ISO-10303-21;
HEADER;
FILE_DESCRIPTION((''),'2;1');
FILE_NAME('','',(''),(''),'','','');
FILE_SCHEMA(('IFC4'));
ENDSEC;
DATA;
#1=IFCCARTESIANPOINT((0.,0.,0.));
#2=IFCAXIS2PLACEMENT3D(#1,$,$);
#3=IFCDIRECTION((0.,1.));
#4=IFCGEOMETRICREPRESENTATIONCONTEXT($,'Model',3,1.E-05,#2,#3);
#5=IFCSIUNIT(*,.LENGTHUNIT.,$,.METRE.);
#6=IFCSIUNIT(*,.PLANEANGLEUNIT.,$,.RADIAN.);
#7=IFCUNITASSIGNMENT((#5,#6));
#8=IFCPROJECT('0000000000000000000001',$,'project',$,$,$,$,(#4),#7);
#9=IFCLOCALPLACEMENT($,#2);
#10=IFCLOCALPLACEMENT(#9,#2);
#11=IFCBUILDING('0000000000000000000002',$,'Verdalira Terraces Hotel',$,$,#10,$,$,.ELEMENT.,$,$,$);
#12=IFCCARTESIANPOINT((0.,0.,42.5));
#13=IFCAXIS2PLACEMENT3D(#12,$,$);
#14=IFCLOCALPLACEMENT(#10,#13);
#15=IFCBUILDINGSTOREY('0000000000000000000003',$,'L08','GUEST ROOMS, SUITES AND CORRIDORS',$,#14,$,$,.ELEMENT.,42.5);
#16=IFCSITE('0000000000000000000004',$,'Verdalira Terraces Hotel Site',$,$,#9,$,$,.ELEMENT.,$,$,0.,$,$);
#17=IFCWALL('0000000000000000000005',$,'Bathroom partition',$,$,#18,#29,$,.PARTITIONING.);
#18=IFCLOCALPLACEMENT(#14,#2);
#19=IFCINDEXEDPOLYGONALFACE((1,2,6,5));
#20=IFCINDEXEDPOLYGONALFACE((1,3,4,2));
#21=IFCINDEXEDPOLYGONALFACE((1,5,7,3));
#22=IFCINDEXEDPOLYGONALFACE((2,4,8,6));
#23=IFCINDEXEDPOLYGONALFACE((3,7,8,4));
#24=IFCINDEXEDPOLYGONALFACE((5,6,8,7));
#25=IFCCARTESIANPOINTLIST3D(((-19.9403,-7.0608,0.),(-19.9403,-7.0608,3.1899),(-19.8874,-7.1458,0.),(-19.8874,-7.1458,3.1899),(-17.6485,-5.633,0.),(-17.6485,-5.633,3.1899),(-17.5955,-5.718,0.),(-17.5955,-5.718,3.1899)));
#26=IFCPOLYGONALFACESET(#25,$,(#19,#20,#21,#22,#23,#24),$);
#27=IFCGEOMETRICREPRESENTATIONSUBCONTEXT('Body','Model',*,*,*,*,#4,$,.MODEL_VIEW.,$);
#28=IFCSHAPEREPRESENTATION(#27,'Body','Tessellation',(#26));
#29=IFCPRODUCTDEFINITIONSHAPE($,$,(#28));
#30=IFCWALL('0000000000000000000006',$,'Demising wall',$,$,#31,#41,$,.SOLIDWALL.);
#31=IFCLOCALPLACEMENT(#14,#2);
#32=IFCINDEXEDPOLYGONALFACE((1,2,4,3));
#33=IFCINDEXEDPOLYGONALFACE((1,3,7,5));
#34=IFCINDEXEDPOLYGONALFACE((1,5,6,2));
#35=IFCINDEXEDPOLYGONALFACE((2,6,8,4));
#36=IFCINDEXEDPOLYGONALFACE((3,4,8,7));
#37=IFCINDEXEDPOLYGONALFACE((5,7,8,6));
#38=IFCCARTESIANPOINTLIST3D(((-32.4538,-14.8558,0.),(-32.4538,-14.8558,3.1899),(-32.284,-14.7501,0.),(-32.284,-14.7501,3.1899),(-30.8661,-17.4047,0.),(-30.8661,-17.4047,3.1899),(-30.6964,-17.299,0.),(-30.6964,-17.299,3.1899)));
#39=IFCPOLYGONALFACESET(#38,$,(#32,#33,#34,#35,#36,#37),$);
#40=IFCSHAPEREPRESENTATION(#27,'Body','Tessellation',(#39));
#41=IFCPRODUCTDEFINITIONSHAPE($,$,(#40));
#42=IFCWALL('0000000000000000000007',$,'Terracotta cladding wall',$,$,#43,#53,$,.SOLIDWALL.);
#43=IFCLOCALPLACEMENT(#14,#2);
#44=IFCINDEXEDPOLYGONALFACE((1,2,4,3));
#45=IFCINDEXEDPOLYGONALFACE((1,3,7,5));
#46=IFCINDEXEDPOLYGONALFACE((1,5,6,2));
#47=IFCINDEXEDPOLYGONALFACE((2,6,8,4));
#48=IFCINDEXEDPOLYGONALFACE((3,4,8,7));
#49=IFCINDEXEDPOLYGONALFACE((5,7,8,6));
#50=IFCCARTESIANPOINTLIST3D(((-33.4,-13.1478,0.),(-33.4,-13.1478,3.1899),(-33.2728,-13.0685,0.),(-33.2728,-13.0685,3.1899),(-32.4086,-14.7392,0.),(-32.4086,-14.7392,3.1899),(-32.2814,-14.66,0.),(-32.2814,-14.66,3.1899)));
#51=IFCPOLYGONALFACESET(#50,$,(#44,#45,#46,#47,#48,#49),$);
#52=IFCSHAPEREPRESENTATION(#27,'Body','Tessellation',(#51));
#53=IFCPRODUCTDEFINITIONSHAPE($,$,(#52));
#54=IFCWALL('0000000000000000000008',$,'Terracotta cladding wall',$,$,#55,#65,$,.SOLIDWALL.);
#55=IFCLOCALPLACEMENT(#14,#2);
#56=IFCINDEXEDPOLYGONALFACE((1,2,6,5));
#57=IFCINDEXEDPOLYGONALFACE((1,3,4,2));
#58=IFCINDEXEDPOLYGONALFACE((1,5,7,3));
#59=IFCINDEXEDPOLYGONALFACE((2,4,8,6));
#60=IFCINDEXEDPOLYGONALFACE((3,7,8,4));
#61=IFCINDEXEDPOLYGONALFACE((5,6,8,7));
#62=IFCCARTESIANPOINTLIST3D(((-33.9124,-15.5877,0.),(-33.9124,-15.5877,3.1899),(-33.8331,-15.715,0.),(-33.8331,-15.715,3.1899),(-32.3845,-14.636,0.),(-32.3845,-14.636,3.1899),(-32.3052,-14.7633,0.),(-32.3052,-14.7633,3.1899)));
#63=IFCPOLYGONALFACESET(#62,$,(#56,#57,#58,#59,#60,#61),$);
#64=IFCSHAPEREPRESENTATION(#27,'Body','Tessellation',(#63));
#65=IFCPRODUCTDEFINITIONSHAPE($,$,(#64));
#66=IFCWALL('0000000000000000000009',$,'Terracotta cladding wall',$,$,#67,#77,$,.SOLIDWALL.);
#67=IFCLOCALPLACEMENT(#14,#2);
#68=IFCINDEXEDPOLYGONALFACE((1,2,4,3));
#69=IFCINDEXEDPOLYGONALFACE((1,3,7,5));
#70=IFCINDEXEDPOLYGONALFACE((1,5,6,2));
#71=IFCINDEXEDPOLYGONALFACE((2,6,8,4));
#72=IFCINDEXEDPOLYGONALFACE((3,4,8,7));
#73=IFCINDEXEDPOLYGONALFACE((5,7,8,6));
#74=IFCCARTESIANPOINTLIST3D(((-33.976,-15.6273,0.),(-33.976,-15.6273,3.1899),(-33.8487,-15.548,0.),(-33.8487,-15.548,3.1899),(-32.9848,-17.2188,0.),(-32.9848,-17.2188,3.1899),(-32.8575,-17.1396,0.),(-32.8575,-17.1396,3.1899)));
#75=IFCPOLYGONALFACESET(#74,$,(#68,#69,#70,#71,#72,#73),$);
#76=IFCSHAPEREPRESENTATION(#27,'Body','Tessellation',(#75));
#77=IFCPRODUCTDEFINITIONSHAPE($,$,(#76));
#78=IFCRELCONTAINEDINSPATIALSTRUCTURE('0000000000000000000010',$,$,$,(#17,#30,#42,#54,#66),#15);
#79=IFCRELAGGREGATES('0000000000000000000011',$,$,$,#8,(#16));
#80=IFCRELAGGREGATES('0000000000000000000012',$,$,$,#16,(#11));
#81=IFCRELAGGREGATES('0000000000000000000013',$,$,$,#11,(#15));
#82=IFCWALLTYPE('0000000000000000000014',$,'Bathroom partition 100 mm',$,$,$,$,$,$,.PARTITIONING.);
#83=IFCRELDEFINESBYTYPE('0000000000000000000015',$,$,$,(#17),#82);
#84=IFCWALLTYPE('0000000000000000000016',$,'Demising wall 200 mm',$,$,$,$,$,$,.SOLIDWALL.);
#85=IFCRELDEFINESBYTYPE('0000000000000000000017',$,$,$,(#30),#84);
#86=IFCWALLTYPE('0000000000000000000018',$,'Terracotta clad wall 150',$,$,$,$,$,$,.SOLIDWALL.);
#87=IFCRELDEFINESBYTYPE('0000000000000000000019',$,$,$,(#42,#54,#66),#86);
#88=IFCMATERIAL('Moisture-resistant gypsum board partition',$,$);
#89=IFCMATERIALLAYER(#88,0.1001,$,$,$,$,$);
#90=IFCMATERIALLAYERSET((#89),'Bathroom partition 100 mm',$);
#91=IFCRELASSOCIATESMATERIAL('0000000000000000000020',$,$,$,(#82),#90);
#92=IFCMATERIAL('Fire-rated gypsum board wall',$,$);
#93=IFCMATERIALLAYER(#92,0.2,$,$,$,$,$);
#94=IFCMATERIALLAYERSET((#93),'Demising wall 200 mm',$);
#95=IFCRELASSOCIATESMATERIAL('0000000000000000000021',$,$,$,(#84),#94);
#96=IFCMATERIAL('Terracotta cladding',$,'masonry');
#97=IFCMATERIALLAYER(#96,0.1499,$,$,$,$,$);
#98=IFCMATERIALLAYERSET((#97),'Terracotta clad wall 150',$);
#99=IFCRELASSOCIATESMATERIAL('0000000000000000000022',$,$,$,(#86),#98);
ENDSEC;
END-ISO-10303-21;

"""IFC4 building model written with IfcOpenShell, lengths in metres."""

from ifc_helpers import new_model, si_unit, direction, frame, frame_2d, origin, place, context, subcontext, project, spatial, rectangle, extrude, material, layer, layer_set, type_object, element, save


model = new_model("IFC4")

# Units and contexts
model_context = context("Model", 3, precision=1e-05, world=origin(), true_north=direction((0.0, 1.0)))
body_context = subcontext(model_context, "Body", "Model", "MODEL_VIEW")
ifc_project = project(units=[si_unit("LENGTHUNIT", "METRE"), si_unit("PLANEANGLEUNIT", "RADIAN")], contexts=[model_context])

# Site, building, storey
site_placement = place(None, origin())
site = spatial("IfcSite", under=ifc_project, at=site_placement, Name="Verdalira Terraces Hotel Site", CompositionType="ELEMENT", RefElevation=0.0)
building_placement = place(site_placement, origin())
building = spatial("IfcBuilding", under=site, at=building_placement, Name="Verdalira Terraces Hotel", CompositionType="ELEMENT")
storey_placement = place(building_placement, frame((0.0, 0.0, 42.5)))
storey = spatial("IfcBuildingStorey", under=building, at=storey_placement, Name="L08", Description="GUEST ROOMS, SUITES AND CORRIDORS", CompositionType="ELEMENT", Elevation=42.5)

# Shared definitions
ifc_material_1 = material(Name="Moisture-resistant gypsum board partition")
ifc_layer_1 = layer(ifc_material_1, 0.1001)
ifc_layer_set_1 = layer_set([ifc_layer_1], Name="Bathroom partition 100 mm")
wall_type_1 = type_object("IfcWallType", Name="Bathroom partition 100 mm", PredefinedType="PARTITIONING", material=ifc_layer_set_1)

# Walls
wall_1_placement = place(storey_placement, frame((-19.9138, -7.1033, 0.0), z_axis=(0.0, 0.0, 1.0), x_axis=(0.848764, 0.528771, 0.0)))
element("IfcWall", 1, at=wall_1_placement, inside=storey, type_object=wall_type_1, Name="Bathroom partition", PredefinedType="PARTITIONING", context=body_context, shape_type="SweptSolid", body=[
    extrude(rectangle(XDim=2.7002, YDim=0.1001, at=frame_2d((1.3501, 0.0))), origin(), (0.0, 0.0, 1.0), 3.1899),
])
ifc_material_2 = material(Name="Fire-rated gypsum board wall")
ifc_layer_2 = layer(ifc_material_2, 0.2)
ifc_layer_set_2 = layer_set([ifc_layer_2], Name="Demising wall 200 mm")
wall_type_2 = type_object("IfcWallType", Name="Demising wall 200 mm", PredefinedType="SOLIDWALL", material=ifc_layer_set_2)
wall_2_placement = place(storey_placement, frame((-32.3689, -14.803, 0.0), z_axis=(0.0, 0.0, 1.0), x_axis=(0.528712, -0.848801, 0.0)))
element("IfcWall", 2, at=wall_2_placement, inside=storey, type_object=wall_type_2, Name="Demising wall", PredefinedType="SOLIDWALL", context=body_context, shape_type="SweptSolid", body=[
    extrude(rectangle(XDim=3.0029, YDim=0.2, at=frame_2d((1.5015, 0.0))), origin(), (0.0, 0.0, 1.0), 3.1899),
])
ifc_material_3 = material(Name="Terracotta cladding", Category="masonry")
ifc_layer_3 = layer(ifc_material_3, 0.1499)
ifc_layer_set_3 = layer_set([ifc_layer_3], Name="Terracotta clad wall 150")
wall_type_3 = type_object("IfcWallType", Name="Terracotta clad wall 150", PredefinedType="SOLIDWALL", material=ifc_layer_set_3)
wall_3_placement = place(storey_placement, frame((-33.3364, -13.1082, 0.0), z_axis=(0.0, 0.0, 1.0), x_axis=(0.528746, -0.84878, 0.0)))
element("IfcWall", 3, at=wall_3_placement, inside=storey, type_object=wall_type_3, Name="Terracotta cladding wall", PredefinedType="SOLIDWALL", context=body_context, shape_type="SweptSolid", body=[
    extrude(rectangle(XDim=1.875, YDim=0.1499, at=frame_2d((0.9375, 0.0))), origin(), (0.0, 0.0, 1.0), 3.1899),
])
wall_4_placement = place(storey_placement, frame((-32.345, -14.6997, 0.0), z_axis=(0.0, 0.0, 1.0), x_axis=(-0.848805, -0.528706, 0.0)))
element("IfcWall", 4, at=wall_4_placement, inside=storey, type_object=wall_type_3, Name="Terracotta cladding wall", PredefinedType="SOLIDWALL", context=body_context, shape_type="SweptSolid", body=[
    extrude(rectangle(XDim=1.8, YDim=0.1499, at=frame_2d((0.8999, 0.0))), origin(), (0.0, 0.0, 1.0), 3.1899),
])
wall_5_placement = place(storey_placement, frame((-33.9124, -15.5876, 0.0), z_axis=(0.0, 0.0, 1.0), x_axis=(0.528652, -0.848838, 0.0)))
element("IfcWall", 5, at=wall_5_placement, inside=storey, type_object=wall_type_3, Name="Terracotta cladding wall", PredefinedType="SOLIDWALL", context=body_context, shape_type="SweptSolid", body=[
    extrude(rectangle(XDim=1.875, YDim=0.1499, at=frame_2d((0.9375, 0.0))), origin(), (0.0, 0.0, 1.0), 3.1899),
])

save(model, "model.ifc")
